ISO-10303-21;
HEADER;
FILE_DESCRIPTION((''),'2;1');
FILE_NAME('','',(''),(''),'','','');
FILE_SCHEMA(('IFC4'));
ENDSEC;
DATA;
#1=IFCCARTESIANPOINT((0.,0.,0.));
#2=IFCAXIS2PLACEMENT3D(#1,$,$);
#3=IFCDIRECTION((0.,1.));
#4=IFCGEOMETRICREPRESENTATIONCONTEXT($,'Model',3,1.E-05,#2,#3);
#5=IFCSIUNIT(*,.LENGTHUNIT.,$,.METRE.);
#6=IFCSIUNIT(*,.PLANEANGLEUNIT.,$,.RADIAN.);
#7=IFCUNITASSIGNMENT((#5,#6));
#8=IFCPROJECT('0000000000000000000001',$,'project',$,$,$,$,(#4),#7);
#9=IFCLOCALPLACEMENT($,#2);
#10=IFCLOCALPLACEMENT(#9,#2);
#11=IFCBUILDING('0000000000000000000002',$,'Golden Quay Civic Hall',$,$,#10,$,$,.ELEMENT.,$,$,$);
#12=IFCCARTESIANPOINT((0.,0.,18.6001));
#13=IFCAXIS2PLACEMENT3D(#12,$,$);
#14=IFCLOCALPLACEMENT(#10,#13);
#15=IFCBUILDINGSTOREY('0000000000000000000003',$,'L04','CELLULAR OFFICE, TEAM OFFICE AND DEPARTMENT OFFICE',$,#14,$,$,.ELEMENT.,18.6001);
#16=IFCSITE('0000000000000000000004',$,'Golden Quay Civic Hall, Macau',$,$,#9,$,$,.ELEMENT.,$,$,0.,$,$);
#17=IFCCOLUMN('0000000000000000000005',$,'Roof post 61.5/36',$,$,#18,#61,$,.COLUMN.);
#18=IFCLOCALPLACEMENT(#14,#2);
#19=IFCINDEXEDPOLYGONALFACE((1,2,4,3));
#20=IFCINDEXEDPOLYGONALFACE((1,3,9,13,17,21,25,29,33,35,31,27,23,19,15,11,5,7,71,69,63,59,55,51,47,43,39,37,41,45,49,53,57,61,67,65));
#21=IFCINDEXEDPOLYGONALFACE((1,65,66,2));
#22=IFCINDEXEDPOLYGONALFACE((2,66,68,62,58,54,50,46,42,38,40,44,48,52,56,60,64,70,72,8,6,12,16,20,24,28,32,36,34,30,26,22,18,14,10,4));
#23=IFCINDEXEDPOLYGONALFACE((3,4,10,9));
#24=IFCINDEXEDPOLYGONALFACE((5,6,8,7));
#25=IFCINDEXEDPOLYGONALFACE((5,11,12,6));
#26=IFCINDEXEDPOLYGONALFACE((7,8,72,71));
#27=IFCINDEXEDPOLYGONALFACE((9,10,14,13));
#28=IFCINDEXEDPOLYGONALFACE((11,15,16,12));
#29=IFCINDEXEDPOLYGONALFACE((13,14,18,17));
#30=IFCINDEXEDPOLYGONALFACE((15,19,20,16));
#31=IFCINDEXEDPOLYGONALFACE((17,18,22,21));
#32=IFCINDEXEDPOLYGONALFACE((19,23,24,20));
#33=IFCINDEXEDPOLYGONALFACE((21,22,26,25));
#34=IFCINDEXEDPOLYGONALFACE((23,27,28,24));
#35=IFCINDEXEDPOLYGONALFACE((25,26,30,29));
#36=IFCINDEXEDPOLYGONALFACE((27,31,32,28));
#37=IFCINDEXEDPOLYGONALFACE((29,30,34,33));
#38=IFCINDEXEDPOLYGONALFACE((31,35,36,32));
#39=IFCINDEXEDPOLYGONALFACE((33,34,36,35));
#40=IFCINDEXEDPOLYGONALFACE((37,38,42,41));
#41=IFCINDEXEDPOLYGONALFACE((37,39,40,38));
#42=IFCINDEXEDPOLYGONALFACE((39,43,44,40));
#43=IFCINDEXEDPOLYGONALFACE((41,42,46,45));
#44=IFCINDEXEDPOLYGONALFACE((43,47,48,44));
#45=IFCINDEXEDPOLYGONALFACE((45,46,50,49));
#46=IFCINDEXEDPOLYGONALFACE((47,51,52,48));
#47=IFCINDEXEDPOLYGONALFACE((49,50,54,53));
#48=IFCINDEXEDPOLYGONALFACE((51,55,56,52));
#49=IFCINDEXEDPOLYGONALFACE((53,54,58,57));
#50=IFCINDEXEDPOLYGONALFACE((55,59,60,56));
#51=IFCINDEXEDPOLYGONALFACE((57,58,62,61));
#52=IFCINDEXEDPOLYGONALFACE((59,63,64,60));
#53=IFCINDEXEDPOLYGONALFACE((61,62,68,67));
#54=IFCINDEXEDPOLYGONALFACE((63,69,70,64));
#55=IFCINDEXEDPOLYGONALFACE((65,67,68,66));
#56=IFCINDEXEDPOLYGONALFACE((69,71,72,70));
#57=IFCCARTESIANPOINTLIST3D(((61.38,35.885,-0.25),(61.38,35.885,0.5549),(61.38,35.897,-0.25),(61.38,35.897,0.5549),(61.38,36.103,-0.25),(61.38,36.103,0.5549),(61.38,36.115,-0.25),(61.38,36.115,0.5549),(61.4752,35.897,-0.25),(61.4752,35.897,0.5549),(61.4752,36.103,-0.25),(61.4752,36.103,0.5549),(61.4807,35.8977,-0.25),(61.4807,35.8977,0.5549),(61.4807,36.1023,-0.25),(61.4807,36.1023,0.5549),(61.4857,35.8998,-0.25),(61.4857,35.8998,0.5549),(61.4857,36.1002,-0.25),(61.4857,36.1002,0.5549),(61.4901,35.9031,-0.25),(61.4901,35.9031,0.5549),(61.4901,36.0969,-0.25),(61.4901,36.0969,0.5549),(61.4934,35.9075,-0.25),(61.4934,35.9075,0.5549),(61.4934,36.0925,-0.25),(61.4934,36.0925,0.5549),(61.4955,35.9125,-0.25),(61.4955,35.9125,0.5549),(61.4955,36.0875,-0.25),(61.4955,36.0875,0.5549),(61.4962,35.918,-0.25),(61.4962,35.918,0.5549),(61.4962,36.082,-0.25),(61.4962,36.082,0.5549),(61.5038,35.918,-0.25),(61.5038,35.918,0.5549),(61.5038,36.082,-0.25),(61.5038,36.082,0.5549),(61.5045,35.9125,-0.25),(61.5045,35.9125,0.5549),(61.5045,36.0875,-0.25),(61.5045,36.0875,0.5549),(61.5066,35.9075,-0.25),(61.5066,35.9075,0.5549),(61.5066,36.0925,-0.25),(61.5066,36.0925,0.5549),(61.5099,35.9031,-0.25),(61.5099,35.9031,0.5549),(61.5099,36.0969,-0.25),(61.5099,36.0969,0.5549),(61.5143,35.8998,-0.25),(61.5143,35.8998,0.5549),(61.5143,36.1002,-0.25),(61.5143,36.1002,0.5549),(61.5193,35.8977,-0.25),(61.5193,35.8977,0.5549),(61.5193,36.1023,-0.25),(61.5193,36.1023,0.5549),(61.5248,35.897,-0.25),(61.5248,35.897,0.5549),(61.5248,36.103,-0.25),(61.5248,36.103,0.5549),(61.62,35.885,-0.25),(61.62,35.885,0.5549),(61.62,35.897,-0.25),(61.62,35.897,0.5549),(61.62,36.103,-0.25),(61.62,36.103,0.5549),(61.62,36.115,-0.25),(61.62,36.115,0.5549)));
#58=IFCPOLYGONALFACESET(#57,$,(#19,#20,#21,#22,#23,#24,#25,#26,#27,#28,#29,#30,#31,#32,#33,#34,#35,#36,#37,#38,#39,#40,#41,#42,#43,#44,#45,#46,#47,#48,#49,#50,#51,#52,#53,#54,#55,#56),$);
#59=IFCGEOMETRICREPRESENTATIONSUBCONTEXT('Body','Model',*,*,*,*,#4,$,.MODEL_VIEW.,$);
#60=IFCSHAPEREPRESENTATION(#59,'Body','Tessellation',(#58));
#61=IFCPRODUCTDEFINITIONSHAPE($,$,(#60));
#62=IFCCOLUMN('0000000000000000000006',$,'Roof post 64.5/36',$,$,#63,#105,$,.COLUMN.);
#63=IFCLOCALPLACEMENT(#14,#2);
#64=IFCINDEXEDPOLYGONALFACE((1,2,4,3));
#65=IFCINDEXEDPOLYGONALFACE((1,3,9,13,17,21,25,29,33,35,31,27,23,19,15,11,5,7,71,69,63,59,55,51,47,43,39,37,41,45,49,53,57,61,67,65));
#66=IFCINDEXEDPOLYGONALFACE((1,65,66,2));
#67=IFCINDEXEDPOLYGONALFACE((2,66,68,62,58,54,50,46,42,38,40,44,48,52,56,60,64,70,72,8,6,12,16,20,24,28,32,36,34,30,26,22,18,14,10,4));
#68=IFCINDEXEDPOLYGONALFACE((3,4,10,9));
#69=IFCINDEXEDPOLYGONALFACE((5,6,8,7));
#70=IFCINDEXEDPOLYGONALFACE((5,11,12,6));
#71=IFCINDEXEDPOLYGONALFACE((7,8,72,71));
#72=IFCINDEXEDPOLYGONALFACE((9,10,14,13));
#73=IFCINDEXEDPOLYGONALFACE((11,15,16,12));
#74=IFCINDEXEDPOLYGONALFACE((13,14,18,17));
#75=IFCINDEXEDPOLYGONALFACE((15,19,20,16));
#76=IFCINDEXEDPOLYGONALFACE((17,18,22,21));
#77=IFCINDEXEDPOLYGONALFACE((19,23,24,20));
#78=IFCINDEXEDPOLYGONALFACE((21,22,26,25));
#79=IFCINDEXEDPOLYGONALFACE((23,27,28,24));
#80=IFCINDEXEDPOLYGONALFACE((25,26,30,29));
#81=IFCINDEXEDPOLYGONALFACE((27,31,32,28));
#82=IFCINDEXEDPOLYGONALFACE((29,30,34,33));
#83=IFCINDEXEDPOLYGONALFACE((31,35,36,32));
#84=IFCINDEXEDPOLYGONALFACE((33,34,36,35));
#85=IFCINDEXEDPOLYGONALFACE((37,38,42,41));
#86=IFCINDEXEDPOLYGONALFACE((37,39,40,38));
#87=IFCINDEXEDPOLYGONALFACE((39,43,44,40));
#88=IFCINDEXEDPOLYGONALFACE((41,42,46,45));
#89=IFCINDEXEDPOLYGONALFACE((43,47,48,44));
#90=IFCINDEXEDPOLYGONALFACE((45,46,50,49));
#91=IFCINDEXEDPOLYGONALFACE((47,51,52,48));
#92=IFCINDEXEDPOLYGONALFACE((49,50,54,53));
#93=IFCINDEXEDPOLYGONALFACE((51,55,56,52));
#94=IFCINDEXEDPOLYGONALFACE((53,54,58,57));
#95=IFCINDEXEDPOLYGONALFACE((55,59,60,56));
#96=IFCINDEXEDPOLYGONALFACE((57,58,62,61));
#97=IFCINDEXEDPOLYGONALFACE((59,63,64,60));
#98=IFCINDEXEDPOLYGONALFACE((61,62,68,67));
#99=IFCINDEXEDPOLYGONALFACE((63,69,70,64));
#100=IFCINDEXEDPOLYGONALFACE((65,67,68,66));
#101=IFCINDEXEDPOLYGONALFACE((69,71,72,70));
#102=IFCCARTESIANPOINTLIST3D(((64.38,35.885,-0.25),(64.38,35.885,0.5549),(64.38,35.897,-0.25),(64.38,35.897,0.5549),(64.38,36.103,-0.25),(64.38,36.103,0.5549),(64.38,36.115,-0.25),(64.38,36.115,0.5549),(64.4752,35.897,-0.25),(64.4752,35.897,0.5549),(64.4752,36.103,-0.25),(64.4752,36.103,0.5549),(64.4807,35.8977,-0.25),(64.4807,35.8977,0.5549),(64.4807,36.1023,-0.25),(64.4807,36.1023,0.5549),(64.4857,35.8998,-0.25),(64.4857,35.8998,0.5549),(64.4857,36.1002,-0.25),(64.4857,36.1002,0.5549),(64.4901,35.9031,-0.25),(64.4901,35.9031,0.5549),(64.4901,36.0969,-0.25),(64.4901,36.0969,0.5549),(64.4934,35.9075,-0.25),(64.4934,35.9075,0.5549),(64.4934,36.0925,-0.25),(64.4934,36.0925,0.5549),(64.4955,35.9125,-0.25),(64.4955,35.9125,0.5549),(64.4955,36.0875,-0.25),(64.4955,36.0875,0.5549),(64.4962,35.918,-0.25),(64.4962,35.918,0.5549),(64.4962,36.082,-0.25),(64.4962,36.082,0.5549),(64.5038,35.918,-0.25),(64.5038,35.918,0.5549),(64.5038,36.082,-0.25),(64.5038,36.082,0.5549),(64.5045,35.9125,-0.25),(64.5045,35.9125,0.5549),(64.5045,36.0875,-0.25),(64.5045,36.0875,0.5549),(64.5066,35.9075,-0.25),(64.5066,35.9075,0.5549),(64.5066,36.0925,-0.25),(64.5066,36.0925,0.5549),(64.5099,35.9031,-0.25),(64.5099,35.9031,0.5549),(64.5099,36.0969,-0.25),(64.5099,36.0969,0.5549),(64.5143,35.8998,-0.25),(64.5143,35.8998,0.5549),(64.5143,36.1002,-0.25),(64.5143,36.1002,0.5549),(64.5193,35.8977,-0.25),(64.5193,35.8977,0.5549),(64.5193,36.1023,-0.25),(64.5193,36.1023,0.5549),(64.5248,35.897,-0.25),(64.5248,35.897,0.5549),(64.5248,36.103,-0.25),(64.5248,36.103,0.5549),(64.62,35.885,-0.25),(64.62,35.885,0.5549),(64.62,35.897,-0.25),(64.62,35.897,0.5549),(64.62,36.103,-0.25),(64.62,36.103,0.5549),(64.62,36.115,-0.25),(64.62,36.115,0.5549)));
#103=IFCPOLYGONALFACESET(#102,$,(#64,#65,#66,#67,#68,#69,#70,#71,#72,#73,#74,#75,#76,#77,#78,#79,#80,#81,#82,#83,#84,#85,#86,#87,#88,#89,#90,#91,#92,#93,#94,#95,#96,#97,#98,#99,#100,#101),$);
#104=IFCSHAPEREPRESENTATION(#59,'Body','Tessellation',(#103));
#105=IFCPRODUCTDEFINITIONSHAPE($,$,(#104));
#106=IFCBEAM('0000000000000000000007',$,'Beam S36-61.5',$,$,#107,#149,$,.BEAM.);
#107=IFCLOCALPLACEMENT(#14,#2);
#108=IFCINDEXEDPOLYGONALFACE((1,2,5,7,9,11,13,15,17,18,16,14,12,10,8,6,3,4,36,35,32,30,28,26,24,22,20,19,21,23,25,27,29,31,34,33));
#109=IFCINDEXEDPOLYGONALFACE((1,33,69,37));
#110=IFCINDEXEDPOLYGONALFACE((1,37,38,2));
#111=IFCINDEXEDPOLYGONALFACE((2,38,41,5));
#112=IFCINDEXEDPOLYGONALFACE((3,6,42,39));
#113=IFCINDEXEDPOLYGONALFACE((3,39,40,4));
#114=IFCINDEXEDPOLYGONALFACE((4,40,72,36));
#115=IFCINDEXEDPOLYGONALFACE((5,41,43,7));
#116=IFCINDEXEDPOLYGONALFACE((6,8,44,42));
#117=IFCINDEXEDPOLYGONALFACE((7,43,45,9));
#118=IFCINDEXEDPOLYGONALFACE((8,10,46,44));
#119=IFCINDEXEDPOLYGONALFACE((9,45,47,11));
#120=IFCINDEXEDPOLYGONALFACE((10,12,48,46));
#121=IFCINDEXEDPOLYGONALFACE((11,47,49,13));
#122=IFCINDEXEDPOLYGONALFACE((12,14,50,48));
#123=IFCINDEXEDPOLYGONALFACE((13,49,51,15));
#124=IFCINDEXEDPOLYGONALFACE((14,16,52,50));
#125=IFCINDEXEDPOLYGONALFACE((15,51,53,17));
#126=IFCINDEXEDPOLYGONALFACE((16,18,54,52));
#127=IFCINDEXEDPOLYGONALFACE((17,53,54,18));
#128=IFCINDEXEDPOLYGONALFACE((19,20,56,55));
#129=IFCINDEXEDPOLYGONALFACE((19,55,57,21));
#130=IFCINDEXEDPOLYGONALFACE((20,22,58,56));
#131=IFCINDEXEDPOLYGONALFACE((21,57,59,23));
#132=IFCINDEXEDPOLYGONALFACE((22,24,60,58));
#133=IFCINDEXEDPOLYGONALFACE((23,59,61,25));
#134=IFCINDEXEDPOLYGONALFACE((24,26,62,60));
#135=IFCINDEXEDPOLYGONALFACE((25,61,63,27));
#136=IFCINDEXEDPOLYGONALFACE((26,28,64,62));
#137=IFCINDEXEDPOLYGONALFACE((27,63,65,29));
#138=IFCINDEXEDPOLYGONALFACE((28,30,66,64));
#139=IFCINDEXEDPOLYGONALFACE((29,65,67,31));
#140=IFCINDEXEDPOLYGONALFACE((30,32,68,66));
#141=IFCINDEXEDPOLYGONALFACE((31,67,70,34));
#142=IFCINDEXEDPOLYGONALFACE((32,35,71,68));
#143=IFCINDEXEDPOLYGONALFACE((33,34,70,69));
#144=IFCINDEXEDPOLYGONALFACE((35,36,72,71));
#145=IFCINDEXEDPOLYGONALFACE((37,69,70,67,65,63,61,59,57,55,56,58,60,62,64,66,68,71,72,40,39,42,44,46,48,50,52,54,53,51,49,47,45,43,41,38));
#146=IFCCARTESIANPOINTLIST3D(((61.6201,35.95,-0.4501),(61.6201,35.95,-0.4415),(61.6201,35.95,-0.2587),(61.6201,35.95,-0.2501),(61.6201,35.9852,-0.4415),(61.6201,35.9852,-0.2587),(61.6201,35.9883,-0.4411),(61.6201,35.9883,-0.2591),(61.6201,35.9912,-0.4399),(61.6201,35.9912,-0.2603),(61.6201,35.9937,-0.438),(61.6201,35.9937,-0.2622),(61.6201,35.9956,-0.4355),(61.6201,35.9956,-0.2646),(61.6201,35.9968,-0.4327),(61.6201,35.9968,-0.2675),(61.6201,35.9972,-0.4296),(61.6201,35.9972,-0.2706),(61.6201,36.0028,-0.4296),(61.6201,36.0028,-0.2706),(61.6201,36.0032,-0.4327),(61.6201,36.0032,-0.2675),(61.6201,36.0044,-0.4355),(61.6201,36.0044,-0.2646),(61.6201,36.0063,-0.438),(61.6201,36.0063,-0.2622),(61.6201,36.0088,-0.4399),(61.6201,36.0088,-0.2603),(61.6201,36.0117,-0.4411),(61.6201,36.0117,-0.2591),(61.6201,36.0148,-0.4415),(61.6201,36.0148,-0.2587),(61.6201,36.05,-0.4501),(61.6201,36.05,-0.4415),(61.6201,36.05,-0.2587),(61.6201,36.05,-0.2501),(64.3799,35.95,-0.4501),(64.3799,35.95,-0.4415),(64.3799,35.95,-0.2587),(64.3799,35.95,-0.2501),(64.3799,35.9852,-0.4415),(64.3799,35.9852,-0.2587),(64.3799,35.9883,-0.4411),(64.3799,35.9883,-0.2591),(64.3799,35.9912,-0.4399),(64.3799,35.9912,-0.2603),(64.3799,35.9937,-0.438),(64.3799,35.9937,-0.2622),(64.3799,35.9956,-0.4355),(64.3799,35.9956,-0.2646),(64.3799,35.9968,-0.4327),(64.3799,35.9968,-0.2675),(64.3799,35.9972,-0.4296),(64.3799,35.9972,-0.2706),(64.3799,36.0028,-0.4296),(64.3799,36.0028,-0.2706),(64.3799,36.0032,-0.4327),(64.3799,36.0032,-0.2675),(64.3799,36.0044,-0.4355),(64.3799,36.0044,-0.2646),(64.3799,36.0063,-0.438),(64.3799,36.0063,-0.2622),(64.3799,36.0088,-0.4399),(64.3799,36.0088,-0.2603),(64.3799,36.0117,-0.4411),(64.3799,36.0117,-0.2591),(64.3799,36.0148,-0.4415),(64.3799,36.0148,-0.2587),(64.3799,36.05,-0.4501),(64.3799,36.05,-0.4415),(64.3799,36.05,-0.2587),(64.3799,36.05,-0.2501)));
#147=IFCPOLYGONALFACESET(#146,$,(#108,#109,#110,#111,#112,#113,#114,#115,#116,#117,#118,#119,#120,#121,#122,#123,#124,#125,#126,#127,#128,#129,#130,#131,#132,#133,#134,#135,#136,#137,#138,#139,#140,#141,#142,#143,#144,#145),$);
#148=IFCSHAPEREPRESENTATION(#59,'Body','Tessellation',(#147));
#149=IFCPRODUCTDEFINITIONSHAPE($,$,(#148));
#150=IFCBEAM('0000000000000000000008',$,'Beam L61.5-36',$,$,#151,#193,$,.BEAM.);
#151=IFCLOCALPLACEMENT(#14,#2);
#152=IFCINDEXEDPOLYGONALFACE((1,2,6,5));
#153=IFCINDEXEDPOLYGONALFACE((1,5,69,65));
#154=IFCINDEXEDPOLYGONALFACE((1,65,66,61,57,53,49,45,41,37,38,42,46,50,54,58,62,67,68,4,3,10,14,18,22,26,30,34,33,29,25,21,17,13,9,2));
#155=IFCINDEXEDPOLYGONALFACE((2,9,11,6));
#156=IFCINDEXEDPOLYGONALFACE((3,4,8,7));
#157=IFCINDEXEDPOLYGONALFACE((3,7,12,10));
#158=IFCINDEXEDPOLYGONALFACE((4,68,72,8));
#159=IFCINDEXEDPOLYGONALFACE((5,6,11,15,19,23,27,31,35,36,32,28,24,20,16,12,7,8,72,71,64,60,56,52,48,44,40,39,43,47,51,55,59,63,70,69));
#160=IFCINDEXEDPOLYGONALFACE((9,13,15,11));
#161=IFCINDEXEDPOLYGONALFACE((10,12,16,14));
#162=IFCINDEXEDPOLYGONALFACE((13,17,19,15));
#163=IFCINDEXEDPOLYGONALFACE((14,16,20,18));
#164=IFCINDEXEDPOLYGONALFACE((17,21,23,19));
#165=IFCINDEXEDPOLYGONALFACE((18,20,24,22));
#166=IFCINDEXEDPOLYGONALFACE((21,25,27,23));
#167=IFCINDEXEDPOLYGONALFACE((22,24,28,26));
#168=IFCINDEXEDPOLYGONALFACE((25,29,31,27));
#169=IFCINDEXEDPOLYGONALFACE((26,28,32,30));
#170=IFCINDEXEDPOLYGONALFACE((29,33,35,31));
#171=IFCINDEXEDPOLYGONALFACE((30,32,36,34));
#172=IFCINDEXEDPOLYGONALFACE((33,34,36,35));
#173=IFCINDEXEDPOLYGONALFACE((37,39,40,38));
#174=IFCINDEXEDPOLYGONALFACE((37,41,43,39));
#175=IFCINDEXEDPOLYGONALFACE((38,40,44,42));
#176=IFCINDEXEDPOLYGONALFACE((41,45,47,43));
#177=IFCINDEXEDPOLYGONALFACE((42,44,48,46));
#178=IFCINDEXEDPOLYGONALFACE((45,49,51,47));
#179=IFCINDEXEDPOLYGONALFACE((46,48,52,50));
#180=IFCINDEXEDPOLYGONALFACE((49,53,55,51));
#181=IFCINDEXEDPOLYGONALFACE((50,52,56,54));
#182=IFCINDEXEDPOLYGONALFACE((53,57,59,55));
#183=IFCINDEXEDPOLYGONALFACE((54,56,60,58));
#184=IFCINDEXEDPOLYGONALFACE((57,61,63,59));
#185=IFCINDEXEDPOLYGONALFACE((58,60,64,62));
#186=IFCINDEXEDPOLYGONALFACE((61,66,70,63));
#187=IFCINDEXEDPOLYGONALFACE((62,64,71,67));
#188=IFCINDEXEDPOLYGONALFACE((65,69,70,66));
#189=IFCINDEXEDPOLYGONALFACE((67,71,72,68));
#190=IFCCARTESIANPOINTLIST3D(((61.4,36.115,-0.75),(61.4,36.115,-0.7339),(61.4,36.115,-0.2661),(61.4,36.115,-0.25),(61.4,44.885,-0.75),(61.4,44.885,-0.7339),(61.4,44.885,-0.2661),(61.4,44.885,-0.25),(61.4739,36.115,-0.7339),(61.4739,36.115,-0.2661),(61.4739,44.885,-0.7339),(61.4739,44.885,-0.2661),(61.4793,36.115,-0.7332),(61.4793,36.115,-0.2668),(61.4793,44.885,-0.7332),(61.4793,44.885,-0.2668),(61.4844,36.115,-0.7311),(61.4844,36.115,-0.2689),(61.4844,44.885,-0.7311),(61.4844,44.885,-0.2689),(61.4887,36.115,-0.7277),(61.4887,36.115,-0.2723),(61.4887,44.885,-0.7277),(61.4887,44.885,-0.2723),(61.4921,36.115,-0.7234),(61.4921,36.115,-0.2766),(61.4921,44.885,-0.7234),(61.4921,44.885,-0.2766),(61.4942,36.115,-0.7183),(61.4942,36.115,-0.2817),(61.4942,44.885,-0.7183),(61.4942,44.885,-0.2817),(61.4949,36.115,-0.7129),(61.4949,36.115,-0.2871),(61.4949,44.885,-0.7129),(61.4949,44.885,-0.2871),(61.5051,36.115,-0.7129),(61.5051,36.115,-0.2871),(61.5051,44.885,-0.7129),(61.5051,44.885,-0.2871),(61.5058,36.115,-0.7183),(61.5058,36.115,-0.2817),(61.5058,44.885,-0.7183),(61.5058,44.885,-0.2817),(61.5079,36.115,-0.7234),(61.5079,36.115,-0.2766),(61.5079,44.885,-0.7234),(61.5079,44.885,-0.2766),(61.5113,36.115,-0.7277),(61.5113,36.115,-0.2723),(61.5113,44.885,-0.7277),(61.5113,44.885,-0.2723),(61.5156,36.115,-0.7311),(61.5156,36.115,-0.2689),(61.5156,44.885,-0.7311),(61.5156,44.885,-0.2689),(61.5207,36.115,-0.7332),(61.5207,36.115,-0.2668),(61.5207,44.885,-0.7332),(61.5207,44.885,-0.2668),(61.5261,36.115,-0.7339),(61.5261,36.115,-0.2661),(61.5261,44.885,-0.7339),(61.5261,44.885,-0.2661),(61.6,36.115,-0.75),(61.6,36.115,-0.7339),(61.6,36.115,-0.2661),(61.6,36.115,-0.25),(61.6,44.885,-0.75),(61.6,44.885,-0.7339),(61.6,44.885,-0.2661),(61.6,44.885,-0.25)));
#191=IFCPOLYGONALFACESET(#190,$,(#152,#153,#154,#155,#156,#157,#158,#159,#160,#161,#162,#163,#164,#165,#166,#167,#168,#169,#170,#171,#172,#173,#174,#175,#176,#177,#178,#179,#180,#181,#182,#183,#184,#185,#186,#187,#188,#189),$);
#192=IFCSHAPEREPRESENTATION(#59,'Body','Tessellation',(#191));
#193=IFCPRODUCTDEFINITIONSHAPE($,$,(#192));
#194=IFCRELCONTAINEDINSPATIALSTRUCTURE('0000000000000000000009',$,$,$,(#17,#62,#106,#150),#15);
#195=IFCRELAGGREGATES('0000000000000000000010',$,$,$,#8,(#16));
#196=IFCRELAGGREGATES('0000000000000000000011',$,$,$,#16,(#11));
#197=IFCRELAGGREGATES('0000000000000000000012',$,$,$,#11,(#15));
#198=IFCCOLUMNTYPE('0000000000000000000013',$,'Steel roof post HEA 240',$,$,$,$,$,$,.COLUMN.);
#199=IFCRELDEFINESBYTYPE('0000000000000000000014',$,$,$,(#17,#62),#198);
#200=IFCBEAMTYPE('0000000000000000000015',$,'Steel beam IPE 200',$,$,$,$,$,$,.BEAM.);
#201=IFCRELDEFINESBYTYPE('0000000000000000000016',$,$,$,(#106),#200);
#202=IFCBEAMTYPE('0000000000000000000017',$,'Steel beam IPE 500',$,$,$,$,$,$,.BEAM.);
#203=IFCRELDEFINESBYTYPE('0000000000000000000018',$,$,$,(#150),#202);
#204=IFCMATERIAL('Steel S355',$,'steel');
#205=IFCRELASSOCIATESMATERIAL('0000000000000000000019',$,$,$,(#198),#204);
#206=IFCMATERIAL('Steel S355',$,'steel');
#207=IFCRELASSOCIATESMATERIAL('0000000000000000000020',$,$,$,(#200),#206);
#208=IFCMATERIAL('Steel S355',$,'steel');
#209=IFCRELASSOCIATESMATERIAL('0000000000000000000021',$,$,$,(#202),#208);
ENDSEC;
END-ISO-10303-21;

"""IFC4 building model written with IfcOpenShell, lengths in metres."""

from ifc_helpers import new_model, si_unit, direction, frame, origin, origin_2d, place, context, subcontext, project, spatial, i_section, extrude, material, material_profile, profile_set, type_object, element, save


model = new_model("IFC4")

# Units and contexts
model_context = context("Model", 3, precision=1e-05, world=origin(), true_north=direction((0.0, 1.0)))
body_context = subcontext(model_context, "Body", "Model", "MODEL_VIEW")
ifc_project = project(units=[si_unit("LENGTHUNIT", "METRE"), si_unit("PLANEANGLEUNIT", "RADIAN")], contexts=[model_context])

# Site, building, storey
site_placement = place(None, origin())
site = spatial("IfcSite", under=ifc_project, at=site_placement, Name="Golden Quay Civic Hall, Macau", CompositionType="ELEMENT", RefElevation=0.0)
building_placement = place(site_placement, origin())
building = spatial("IfcBuilding", under=site, at=building_placement, Name="Golden Quay Civic Hall", CompositionType="ELEMENT")
storey_placement = place(building_placement, frame((0.0, 0.0, 18.6001)))
storey = spatial("IfcBuildingStorey", under=building, at=storey_placement, Name="L04", Description="CELLULAR OFFICE, TEAM OFFICE AND DEPARTMENT OFFICE", CompositionType="ELEMENT", Elevation=18.6001)

# Columns
ifc_material_1 = material(Name="Steel S355", Category="steel")
ifc_material_profile_1 = material_profile(ifc_material_1, i_section(OverallWidth=0.24, OverallDepth=0.23, WebThickness=0.0076, FlangeThickness=0.012, FilletRadius=0.021, at=origin_2d()), Name="HEA 240")
ifc_profile_set_1 = profile_set([ifc_material_profile_1], Name="Steel S355")
column_type = type_object("IfcColumnType", Name="Steel roof post HEA 240", PredefinedType="COLUMN", material=ifc_profile_set_1)
for number, where, z_axis, x_axis, name in (
    (1, (61.5, 36.0, -0.25), (0.0, 0.0, 1.0), (1.0, 0.0, 0.0), "Roof post 61.5/36"),
    (2, (64.5, 36.0, -0.25), (0.0, 0.0, 1.0), (1.0, 0.0, 0.0), "Roof post 64.5/36"),
):
    element("IfcColumn", number, at=place(storey_placement, frame(where, z_axis=z_axis, x_axis=x_axis)), inside=storey, type_object=column_type, Name=name, PredefinedType="COLUMN", context=body_context, shape_type="SweptSolid", body=[
        extrude(i_section(OverallWidth=0.24, OverallDepth=0.23, WebThickness=0.0076, FlangeThickness=0.012, FilletRadius=0.021, at=origin_2d()), origin(), (0.0, 0.0, 1.0), 0.8049),
    ])

# Beams
ifc_material_2 = material(Name="Steel S355", Category="steel")
ifc_material_profile_2 = material_profile(ifc_material_2, i_section(OverallWidth=0.1001, OverallDepth=0.2, WebThickness=0.0056, FlangeThickness=0.0085, FilletRadius=0.012, at=origin_2d()), Name="IPE 200")
ifc_profile_set_2 = profile_set([ifc_material_profile_2], Name="Steel S355")
beam_type_1 = type_object("IfcBeamType", Name="Steel beam IPE 200", PredefinedType="BEAM", material=ifc_profile_set_2)
beam_1_placement = place(storey_placement, frame((61.6201, 36.0, -0.3501), z_axis=(1.0, 0.0, 0.0), x_axis=(0.0, 1.0, 0.0)))
element("IfcBeam", 3, at=beam_1_placement, inside=storey, type_object=beam_type_1, Name="Beam S36-61.5", PredefinedType="BEAM", context=body_context, shape_type="SweptSolid", body=[
    extrude(i_section(OverallWidth=0.1001, OverallDepth=0.2, WebThickness=0.0056, FlangeThickness=0.0085, FilletRadius=0.012, at=origin_2d()), origin(), (0.0, 0.0, 1.0), 2.7598),
])
ifc_material_3 = material(Name="Steel S355", Category="steel")
ifc_material_profile_3 = material_profile(ifc_material_3, i_section(OverallWidth=0.2, OverallDepth=0.5, WebThickness=0.0103, FlangeThickness=0.0161, FilletRadius=0.021, at=origin_2d()), Name="IPE 500")
ifc_profile_set_3 = profile_set([ifc_material_profile_3], Name="Steel S355")
beam_type_2 = type_object("IfcBeamType", Name="Steel beam IPE 500", PredefinedType="BEAM", material=ifc_profile_set_3)
beam_2_placement = place(storey_placement, frame((61.5, 36.115, -0.5), z_axis=(0.0, 1.0, 0.0), x_axis=(-1.0, 0.0, 0.0)))
element("IfcBeam", 4, at=beam_2_placement, inside=storey, type_object=beam_type_2, Name="Beam L61.5-36", PredefinedType="BEAM", context=body_context, shape_type="SweptSolid", body=[
    extrude(i_section(OverallWidth=0.2, OverallDepth=0.5, WebThickness=0.0103, FlangeThickness=0.0161, FilletRadius=0.021, at=origin_2d()), origin(), (0.0, 0.0, 1.0), 8.77),
])

save(model, "model.ifc")
